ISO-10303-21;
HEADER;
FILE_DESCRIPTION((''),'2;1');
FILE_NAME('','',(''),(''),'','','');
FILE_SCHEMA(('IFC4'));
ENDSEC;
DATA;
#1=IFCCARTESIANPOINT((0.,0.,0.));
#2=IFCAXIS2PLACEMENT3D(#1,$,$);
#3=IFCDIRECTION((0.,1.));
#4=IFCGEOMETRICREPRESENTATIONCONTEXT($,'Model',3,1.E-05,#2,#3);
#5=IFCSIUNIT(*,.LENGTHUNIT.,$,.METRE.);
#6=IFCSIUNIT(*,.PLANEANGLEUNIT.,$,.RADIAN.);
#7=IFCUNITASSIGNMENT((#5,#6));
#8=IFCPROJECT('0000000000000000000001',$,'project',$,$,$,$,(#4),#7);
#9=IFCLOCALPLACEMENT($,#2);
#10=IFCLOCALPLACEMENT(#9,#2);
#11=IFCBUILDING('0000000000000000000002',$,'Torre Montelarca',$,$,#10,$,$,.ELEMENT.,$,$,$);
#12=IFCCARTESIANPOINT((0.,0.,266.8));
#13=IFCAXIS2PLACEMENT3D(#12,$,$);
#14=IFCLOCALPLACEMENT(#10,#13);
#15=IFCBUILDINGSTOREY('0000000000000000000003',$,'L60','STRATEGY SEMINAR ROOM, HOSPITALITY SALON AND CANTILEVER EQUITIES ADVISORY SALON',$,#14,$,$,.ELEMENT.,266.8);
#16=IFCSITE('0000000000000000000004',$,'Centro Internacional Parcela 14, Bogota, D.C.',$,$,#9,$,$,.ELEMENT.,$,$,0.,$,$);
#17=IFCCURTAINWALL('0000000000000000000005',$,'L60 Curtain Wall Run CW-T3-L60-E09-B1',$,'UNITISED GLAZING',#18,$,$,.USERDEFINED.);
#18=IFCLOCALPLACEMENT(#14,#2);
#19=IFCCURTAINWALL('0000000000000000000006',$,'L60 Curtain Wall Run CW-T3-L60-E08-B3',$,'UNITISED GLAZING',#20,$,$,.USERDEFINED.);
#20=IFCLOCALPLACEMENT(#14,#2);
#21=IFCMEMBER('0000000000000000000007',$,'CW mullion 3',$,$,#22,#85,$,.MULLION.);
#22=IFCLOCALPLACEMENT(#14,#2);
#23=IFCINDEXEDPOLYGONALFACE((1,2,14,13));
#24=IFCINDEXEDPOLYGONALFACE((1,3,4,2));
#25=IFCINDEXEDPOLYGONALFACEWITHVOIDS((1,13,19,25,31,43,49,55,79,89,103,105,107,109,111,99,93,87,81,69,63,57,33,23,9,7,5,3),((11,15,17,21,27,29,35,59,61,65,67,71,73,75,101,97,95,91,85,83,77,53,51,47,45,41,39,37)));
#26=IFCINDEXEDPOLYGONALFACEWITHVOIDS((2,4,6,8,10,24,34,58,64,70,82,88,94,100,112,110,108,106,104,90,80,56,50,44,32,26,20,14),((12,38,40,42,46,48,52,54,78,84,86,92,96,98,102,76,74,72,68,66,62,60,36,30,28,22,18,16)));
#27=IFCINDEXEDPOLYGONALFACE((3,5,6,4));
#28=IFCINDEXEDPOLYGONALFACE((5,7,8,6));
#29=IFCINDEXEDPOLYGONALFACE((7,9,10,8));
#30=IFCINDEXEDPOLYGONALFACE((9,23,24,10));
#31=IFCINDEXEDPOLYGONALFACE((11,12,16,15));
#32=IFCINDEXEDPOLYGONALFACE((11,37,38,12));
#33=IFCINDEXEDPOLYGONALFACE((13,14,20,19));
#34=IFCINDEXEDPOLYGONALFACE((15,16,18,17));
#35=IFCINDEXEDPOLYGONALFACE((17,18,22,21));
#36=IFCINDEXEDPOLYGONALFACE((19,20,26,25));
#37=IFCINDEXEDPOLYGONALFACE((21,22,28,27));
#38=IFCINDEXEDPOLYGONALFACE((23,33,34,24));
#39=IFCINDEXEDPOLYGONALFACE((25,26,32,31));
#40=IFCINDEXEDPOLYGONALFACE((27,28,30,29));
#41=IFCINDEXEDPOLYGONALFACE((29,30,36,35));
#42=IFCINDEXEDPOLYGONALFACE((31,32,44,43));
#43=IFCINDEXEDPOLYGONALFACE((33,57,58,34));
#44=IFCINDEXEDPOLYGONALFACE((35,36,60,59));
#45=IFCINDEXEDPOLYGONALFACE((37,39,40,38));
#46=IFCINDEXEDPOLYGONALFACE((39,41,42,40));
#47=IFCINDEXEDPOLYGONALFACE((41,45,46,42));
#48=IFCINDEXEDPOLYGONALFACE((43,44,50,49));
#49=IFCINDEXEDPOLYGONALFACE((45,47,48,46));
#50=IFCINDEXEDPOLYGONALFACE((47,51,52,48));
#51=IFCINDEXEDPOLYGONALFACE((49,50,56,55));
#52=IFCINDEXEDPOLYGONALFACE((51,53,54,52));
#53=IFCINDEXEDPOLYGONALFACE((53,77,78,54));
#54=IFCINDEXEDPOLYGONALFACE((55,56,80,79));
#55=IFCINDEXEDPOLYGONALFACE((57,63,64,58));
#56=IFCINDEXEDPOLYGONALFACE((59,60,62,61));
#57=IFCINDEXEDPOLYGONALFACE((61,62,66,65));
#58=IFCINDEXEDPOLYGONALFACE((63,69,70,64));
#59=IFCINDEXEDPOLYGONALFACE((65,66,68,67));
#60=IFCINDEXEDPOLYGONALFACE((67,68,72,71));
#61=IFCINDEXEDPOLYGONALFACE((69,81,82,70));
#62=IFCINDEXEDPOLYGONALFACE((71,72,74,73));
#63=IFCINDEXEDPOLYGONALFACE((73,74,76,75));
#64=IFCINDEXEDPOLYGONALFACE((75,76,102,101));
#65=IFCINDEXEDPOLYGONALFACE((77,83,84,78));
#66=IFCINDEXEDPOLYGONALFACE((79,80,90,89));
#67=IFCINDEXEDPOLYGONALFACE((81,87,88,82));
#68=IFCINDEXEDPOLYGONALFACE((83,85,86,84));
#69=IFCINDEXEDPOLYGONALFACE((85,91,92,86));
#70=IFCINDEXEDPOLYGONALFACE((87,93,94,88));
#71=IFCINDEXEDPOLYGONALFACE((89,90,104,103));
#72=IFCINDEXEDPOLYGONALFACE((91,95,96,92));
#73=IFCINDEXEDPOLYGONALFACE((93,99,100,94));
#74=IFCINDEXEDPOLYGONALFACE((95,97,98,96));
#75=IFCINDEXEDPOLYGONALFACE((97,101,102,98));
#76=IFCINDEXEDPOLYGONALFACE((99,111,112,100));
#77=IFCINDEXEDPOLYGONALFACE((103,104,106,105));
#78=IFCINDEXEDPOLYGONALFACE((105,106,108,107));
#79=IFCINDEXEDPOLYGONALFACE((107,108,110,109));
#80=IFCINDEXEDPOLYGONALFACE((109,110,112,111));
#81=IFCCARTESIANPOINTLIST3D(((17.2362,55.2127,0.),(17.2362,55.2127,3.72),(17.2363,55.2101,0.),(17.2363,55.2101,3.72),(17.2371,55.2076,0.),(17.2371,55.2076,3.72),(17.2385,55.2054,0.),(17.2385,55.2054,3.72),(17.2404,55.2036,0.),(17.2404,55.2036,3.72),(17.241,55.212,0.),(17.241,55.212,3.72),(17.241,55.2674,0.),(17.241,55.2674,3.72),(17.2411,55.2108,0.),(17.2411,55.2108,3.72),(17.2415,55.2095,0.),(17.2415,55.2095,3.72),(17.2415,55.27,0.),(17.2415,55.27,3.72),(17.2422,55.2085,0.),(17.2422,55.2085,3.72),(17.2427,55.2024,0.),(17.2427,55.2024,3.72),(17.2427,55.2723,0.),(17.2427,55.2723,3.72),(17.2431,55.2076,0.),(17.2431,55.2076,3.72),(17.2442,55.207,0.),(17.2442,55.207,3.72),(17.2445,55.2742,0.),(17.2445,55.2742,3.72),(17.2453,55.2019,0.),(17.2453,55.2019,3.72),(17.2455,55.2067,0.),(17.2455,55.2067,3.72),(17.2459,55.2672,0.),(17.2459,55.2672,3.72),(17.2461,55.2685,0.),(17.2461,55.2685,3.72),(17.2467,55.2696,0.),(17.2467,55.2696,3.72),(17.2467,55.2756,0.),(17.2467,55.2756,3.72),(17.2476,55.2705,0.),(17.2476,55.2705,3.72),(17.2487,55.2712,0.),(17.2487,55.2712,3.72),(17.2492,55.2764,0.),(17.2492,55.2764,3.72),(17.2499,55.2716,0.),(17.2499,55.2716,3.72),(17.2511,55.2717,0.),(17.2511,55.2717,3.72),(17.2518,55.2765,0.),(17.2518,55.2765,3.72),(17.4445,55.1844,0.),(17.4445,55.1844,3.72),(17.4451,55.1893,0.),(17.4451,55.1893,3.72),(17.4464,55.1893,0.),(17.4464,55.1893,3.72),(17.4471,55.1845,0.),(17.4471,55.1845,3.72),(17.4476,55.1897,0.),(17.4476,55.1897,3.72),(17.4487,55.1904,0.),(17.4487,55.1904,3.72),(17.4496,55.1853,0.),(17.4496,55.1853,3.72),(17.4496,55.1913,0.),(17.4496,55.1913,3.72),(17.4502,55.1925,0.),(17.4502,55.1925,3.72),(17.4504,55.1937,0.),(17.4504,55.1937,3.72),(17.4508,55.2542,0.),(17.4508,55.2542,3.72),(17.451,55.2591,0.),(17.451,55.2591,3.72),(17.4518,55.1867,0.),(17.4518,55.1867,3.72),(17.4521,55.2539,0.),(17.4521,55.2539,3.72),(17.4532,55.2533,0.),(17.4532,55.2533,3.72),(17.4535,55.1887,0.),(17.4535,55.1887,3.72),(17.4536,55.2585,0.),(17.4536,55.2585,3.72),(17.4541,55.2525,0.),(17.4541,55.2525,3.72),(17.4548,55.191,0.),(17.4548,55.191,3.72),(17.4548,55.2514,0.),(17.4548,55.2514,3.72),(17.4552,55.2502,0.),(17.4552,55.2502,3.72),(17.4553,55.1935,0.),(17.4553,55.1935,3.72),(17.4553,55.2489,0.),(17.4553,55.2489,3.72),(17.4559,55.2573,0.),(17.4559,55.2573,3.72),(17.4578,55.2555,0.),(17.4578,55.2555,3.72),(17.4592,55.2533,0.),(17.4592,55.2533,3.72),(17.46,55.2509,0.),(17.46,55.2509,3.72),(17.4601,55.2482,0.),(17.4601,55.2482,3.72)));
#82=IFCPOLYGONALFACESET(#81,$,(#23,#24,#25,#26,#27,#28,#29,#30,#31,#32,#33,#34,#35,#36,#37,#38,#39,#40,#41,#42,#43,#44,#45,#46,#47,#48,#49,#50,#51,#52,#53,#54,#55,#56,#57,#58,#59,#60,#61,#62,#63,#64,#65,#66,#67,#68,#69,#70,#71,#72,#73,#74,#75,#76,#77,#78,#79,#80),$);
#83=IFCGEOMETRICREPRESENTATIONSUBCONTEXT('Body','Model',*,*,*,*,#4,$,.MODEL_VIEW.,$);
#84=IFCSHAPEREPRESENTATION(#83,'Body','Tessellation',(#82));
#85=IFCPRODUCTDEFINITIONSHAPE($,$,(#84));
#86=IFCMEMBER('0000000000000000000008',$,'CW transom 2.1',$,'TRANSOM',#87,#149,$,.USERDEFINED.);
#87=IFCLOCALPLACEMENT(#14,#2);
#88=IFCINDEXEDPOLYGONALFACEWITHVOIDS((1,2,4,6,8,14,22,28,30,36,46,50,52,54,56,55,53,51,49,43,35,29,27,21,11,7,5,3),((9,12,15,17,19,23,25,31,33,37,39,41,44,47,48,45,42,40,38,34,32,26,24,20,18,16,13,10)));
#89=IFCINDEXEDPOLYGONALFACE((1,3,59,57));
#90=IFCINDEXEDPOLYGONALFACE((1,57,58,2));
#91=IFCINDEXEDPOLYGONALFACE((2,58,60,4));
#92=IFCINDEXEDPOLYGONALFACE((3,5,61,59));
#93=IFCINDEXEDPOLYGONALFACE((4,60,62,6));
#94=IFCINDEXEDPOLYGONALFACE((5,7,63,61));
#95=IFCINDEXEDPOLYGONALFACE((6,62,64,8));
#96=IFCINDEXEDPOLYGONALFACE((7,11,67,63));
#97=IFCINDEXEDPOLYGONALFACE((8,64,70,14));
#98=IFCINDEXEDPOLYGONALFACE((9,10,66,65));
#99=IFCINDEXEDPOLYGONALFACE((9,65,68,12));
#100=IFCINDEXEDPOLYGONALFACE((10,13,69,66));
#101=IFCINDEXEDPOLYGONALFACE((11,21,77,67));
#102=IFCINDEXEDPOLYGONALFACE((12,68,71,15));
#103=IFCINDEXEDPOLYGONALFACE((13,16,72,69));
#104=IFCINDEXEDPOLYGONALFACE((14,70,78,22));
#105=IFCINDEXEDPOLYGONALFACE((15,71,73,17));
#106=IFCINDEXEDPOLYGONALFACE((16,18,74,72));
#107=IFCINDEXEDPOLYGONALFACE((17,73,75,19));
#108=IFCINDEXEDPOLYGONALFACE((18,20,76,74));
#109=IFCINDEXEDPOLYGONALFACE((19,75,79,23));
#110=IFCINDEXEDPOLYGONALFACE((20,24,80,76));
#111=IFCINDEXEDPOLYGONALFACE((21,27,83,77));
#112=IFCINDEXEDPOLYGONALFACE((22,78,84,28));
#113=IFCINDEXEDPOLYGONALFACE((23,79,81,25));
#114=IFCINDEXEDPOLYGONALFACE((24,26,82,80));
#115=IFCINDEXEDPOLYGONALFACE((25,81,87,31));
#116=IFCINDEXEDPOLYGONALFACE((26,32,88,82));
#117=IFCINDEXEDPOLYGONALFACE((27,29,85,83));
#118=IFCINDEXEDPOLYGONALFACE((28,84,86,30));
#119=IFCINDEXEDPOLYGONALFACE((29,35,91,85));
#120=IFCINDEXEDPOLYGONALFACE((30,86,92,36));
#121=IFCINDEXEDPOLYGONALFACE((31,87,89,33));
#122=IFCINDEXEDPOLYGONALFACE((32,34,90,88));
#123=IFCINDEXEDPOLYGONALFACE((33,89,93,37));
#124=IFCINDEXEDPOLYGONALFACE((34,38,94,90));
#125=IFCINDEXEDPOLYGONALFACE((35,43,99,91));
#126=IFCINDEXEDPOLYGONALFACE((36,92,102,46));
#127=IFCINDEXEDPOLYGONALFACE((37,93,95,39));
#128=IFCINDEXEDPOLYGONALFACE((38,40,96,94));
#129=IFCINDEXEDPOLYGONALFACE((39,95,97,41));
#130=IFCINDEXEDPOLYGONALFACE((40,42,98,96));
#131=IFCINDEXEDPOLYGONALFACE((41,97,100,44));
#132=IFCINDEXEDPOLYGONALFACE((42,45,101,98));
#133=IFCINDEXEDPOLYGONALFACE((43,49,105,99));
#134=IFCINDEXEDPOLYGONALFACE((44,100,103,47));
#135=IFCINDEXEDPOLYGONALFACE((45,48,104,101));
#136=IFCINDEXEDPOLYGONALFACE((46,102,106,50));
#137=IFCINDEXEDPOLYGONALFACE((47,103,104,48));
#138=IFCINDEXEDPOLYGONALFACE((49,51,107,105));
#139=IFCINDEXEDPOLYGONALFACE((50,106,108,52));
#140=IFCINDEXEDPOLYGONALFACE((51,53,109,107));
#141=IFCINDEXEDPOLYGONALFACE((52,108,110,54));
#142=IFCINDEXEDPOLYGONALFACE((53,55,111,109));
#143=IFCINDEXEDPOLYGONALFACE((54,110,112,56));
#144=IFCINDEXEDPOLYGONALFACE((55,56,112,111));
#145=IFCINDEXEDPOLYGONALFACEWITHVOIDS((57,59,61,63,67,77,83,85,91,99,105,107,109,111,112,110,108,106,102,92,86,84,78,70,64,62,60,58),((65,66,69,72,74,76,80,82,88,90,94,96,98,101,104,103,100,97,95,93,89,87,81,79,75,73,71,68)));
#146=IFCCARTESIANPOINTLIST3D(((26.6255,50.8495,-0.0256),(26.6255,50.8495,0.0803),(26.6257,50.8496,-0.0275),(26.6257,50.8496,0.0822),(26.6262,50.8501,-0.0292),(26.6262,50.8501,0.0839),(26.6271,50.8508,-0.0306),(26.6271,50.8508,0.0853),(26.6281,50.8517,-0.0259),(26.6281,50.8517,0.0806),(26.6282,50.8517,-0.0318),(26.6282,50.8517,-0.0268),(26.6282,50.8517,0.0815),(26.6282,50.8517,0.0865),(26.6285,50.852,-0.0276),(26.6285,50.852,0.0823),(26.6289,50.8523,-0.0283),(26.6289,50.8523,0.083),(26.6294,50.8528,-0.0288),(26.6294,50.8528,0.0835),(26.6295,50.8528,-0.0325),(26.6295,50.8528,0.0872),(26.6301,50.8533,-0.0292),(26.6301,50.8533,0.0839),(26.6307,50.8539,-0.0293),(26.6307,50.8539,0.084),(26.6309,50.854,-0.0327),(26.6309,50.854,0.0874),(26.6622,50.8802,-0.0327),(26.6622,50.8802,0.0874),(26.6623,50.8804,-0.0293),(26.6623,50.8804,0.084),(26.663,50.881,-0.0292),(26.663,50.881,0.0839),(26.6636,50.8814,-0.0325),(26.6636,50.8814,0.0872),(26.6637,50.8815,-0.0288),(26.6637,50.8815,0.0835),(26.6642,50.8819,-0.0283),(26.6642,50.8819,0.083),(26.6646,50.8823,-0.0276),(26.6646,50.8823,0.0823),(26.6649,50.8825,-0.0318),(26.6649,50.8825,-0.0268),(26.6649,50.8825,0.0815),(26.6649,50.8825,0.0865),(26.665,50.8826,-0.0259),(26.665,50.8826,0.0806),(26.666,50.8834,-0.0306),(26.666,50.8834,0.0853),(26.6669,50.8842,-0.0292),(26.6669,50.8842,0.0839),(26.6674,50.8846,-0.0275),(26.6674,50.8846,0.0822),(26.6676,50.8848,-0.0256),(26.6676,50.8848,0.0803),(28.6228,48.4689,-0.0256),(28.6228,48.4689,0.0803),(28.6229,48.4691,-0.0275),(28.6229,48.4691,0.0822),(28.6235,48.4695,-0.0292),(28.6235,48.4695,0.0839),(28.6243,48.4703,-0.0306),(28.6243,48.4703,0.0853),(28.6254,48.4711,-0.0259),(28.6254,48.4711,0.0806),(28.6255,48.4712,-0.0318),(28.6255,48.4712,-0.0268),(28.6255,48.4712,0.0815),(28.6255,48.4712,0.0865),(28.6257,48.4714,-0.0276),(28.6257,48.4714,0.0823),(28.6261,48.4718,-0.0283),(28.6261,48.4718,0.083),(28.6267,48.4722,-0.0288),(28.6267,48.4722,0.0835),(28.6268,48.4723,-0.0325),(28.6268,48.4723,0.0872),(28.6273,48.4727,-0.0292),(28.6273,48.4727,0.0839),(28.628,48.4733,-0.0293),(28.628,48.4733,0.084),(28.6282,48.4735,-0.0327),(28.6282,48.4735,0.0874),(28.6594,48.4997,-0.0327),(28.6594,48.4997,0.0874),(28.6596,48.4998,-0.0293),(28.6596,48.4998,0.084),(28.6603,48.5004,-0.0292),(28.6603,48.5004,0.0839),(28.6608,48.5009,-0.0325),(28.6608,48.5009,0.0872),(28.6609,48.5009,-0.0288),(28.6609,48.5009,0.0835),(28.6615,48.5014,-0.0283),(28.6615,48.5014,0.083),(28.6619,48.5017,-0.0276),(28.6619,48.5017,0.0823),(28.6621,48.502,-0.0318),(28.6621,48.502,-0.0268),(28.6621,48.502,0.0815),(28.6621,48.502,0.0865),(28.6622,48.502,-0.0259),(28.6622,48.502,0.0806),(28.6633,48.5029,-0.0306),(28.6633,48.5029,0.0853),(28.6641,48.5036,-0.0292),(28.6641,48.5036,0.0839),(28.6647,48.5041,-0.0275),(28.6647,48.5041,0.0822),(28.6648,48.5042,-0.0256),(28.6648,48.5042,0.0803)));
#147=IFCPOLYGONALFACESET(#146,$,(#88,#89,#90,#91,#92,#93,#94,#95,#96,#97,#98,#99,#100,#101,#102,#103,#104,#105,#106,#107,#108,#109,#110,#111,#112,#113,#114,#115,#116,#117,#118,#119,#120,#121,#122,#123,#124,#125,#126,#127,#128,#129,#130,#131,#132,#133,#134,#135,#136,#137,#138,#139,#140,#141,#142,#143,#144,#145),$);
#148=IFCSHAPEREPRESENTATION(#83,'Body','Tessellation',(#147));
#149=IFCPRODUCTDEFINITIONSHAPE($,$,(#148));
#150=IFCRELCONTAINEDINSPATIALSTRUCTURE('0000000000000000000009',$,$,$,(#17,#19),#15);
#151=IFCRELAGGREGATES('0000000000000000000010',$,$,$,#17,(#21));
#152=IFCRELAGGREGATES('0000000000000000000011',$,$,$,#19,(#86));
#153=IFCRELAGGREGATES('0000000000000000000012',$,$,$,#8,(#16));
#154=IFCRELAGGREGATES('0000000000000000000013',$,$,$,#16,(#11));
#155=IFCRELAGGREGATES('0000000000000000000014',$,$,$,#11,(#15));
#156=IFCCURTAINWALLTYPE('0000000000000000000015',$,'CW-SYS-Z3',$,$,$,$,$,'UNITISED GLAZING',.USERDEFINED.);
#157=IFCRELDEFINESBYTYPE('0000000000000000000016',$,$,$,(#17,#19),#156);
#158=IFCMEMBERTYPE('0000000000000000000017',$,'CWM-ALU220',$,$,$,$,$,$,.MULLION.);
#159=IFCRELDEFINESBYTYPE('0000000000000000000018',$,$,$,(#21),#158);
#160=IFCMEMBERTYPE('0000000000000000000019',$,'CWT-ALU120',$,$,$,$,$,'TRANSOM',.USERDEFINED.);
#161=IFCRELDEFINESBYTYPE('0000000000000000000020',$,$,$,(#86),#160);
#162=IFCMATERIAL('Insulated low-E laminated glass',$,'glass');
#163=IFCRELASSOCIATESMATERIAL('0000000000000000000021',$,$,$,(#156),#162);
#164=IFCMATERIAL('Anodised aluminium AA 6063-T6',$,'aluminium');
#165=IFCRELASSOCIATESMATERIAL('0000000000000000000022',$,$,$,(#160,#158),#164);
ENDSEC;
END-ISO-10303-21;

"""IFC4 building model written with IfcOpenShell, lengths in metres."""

from ifc_helpers import new_model, si_unit, direction, frame, origin, origin_2d, place, context, subcontext, project, spatial, hollow_rectangle, extrude, source, transform, mapped, material, material_profile, profile_set, type_object, element, aggregate, save


model = new_model("IFC4")

# Units and contexts
model_context = context("Model", 3, precision=1e-05, world=origin(), true_north=direction((0.0, 1.0)))
body_context = subcontext(model_context, "Body", "Model", "MODEL_VIEW")
ifc_project = project(units=[si_unit("LENGTHUNIT", "METRE"), si_unit("PLANEANGLEUNIT", "RADIAN")], contexts=[model_context])

# Site, building, storey
site_placement = place(None, origin())
site = spatial("IfcSite", under=ifc_project, at=site_placement, Name="Centro Internacional Parcela 14, Bogota, D.C.", CompositionType="ELEMENT", RefElevation=0.0)
building_placement = place(site_placement, origin())
building = spatial("IfcBuilding", under=site, at=building_placement, Name="Torre Montelarca", CompositionType="ELEMENT")
storey_placement = place(building_placement, frame((0.0, 0.0, 266.8)))
storey = spatial("IfcBuildingStorey", under=building, at=storey_placement, Name="L60", Description="STRATEGY SEMINAR ROOM, HOSPITALITY SALON AND CANTILEVER EQUITIES ADVISORY SALON", CompositionType="ELEMENT", Elevation=266.8)

# Curtain walls
ifc_material_1 = material(Name="Insulated low-E laminated glass", Category="glass")
curtain_wall_type = type_object("IfcCurtainWallType", Name="CW-SYS-Z3", ElementType="UNITISED GLAZING", PredefinedType="USERDEFINED", material=ifc_material_1)
curtain_wall_1_placement = place(storey_placement, origin())
curtain_wall_1 = element("IfcCurtainWall", 1, at=curtain_wall_1_placement, inside=storey, type_object=curtain_wall_type, Name="L60 Curtain Wall Run CW-T3-L60-E09-B1", ObjectType="UNITISED GLAZING", PredefinedType="USERDEFINED")
ifc_material_2 = material(Name="Anodised aluminium AA 6063-T6", Category="aluminium")
ifc_material_profile_1 = material_profile(ifc_material_2, hollow_rectangle(XDim=0.0549, YDim=0.1201, WallThickness=0.0034, InnerFilletRadius=0.0034, OuterFilletRadius=0.0071, at=origin_2d()), Name="ALU55X120X3.5", Category="aluminium")
ifc_profile_set_1 = profile_set([ifc_material_profile_1], Name="Anodised aluminium AA 6063-T6")
member_type_1 = type_object("IfcMemberType", Name="CWT-ALU120", ElementType="TRANSOM", PredefinedType="USERDEFINED", material=ifc_profile_set_1)
curtain_wall_2_placement = place(storey_placement, origin())
curtain_wall_2 = element("IfcCurtainWall", 2, at=curtain_wall_2_placement, inside=storey, type_object=curtain_wall_type, Name="L60 Curtain Wall Run CW-T3-L60-E08-B3", ObjectType="UNITISED GLAZING", PredefinedType="USERDEFINED")
ifc_material_profile_2 = material_profile(ifc_material_2, hollow_rectangle(XDim=0.075, YDim=0.22, WallThickness=0.0049, InnerFilletRadius=0.0049, OuterFilletRadius=0.01, at=origin_2d()), Name="ALU75X220X5", Category="aluminium")
ifc_profile_set_2 = profile_set([ifc_material_profile_2], Name="Anodised aluminium AA 6063-T6")
member_type_2 = type_object("IfcMemberType", Name="CWM-ALU220", PredefinedType="MULLION", material=ifc_profile_set_2)
shared_shape_1 = source(origin(), body_context, "Body", "SweptSolid", [
    extrude(hollow_rectangle(XDim=0.075, YDim=0.22, WallThickness=0.0049, InnerFilletRadius=0.0049, OuterFilletRadius=0.01, at=origin_2d()), origin(), (0.0, 0.0, 1.0), 3.72),
])

# Members
member_1_placement = place(storey_placement, frame((17.3481, 55.2305, 0.0), z_axis=(0.0, 0.0, 1.0), x_axis=(-0.087165, -0.996194, 0.0)))
member_1 = element("IfcMember", 3, at=member_1_placement, type_object=member_type_2, Name="CW mullion 3", PredefinedType="MULLION", context=body_context, shape_type="MappedRepresentation", body=[
    mapped(shared_shape_1, transform((0.0, 0.0, 0.0), scale=1.0)),
])
shared_shape_2 = source(origin(), body_context, "Body", "SweptSolid", [
    extrude(hollow_rectangle(XDim=0.0549, YDim=0.1201, WallThickness=0.0034, InnerFilletRadius=0.0034, OuterFilletRadius=0.0071, at=origin_2d()), origin(), (0.0, 0.0, 1.0), 3.1074),
])
member_2_placement = place(storey_placement, frame((28.6438, 48.4866, 0.0273), z_axis=(-0.642739, 0.766085, 0.0), x_axis=(-0.766085, -0.642739, 0.0)))
member_2 = element("IfcMember", 4, at=member_2_placement, type_object=member_type_1, Name="CW transom 2.1", ObjectType="TRANSOM", PredefinedType="USERDEFINED", context=body_context, shape_type="MappedRepresentation", body=[
    mapped(shared_shape_2, transform((0.0, 0.0, 0.0), scale=1.0)),
])

aggregate(curtain_wall_1, [member_1])
aggregate(curtain_wall_2, [member_2])

save(model, "model.ifc")
